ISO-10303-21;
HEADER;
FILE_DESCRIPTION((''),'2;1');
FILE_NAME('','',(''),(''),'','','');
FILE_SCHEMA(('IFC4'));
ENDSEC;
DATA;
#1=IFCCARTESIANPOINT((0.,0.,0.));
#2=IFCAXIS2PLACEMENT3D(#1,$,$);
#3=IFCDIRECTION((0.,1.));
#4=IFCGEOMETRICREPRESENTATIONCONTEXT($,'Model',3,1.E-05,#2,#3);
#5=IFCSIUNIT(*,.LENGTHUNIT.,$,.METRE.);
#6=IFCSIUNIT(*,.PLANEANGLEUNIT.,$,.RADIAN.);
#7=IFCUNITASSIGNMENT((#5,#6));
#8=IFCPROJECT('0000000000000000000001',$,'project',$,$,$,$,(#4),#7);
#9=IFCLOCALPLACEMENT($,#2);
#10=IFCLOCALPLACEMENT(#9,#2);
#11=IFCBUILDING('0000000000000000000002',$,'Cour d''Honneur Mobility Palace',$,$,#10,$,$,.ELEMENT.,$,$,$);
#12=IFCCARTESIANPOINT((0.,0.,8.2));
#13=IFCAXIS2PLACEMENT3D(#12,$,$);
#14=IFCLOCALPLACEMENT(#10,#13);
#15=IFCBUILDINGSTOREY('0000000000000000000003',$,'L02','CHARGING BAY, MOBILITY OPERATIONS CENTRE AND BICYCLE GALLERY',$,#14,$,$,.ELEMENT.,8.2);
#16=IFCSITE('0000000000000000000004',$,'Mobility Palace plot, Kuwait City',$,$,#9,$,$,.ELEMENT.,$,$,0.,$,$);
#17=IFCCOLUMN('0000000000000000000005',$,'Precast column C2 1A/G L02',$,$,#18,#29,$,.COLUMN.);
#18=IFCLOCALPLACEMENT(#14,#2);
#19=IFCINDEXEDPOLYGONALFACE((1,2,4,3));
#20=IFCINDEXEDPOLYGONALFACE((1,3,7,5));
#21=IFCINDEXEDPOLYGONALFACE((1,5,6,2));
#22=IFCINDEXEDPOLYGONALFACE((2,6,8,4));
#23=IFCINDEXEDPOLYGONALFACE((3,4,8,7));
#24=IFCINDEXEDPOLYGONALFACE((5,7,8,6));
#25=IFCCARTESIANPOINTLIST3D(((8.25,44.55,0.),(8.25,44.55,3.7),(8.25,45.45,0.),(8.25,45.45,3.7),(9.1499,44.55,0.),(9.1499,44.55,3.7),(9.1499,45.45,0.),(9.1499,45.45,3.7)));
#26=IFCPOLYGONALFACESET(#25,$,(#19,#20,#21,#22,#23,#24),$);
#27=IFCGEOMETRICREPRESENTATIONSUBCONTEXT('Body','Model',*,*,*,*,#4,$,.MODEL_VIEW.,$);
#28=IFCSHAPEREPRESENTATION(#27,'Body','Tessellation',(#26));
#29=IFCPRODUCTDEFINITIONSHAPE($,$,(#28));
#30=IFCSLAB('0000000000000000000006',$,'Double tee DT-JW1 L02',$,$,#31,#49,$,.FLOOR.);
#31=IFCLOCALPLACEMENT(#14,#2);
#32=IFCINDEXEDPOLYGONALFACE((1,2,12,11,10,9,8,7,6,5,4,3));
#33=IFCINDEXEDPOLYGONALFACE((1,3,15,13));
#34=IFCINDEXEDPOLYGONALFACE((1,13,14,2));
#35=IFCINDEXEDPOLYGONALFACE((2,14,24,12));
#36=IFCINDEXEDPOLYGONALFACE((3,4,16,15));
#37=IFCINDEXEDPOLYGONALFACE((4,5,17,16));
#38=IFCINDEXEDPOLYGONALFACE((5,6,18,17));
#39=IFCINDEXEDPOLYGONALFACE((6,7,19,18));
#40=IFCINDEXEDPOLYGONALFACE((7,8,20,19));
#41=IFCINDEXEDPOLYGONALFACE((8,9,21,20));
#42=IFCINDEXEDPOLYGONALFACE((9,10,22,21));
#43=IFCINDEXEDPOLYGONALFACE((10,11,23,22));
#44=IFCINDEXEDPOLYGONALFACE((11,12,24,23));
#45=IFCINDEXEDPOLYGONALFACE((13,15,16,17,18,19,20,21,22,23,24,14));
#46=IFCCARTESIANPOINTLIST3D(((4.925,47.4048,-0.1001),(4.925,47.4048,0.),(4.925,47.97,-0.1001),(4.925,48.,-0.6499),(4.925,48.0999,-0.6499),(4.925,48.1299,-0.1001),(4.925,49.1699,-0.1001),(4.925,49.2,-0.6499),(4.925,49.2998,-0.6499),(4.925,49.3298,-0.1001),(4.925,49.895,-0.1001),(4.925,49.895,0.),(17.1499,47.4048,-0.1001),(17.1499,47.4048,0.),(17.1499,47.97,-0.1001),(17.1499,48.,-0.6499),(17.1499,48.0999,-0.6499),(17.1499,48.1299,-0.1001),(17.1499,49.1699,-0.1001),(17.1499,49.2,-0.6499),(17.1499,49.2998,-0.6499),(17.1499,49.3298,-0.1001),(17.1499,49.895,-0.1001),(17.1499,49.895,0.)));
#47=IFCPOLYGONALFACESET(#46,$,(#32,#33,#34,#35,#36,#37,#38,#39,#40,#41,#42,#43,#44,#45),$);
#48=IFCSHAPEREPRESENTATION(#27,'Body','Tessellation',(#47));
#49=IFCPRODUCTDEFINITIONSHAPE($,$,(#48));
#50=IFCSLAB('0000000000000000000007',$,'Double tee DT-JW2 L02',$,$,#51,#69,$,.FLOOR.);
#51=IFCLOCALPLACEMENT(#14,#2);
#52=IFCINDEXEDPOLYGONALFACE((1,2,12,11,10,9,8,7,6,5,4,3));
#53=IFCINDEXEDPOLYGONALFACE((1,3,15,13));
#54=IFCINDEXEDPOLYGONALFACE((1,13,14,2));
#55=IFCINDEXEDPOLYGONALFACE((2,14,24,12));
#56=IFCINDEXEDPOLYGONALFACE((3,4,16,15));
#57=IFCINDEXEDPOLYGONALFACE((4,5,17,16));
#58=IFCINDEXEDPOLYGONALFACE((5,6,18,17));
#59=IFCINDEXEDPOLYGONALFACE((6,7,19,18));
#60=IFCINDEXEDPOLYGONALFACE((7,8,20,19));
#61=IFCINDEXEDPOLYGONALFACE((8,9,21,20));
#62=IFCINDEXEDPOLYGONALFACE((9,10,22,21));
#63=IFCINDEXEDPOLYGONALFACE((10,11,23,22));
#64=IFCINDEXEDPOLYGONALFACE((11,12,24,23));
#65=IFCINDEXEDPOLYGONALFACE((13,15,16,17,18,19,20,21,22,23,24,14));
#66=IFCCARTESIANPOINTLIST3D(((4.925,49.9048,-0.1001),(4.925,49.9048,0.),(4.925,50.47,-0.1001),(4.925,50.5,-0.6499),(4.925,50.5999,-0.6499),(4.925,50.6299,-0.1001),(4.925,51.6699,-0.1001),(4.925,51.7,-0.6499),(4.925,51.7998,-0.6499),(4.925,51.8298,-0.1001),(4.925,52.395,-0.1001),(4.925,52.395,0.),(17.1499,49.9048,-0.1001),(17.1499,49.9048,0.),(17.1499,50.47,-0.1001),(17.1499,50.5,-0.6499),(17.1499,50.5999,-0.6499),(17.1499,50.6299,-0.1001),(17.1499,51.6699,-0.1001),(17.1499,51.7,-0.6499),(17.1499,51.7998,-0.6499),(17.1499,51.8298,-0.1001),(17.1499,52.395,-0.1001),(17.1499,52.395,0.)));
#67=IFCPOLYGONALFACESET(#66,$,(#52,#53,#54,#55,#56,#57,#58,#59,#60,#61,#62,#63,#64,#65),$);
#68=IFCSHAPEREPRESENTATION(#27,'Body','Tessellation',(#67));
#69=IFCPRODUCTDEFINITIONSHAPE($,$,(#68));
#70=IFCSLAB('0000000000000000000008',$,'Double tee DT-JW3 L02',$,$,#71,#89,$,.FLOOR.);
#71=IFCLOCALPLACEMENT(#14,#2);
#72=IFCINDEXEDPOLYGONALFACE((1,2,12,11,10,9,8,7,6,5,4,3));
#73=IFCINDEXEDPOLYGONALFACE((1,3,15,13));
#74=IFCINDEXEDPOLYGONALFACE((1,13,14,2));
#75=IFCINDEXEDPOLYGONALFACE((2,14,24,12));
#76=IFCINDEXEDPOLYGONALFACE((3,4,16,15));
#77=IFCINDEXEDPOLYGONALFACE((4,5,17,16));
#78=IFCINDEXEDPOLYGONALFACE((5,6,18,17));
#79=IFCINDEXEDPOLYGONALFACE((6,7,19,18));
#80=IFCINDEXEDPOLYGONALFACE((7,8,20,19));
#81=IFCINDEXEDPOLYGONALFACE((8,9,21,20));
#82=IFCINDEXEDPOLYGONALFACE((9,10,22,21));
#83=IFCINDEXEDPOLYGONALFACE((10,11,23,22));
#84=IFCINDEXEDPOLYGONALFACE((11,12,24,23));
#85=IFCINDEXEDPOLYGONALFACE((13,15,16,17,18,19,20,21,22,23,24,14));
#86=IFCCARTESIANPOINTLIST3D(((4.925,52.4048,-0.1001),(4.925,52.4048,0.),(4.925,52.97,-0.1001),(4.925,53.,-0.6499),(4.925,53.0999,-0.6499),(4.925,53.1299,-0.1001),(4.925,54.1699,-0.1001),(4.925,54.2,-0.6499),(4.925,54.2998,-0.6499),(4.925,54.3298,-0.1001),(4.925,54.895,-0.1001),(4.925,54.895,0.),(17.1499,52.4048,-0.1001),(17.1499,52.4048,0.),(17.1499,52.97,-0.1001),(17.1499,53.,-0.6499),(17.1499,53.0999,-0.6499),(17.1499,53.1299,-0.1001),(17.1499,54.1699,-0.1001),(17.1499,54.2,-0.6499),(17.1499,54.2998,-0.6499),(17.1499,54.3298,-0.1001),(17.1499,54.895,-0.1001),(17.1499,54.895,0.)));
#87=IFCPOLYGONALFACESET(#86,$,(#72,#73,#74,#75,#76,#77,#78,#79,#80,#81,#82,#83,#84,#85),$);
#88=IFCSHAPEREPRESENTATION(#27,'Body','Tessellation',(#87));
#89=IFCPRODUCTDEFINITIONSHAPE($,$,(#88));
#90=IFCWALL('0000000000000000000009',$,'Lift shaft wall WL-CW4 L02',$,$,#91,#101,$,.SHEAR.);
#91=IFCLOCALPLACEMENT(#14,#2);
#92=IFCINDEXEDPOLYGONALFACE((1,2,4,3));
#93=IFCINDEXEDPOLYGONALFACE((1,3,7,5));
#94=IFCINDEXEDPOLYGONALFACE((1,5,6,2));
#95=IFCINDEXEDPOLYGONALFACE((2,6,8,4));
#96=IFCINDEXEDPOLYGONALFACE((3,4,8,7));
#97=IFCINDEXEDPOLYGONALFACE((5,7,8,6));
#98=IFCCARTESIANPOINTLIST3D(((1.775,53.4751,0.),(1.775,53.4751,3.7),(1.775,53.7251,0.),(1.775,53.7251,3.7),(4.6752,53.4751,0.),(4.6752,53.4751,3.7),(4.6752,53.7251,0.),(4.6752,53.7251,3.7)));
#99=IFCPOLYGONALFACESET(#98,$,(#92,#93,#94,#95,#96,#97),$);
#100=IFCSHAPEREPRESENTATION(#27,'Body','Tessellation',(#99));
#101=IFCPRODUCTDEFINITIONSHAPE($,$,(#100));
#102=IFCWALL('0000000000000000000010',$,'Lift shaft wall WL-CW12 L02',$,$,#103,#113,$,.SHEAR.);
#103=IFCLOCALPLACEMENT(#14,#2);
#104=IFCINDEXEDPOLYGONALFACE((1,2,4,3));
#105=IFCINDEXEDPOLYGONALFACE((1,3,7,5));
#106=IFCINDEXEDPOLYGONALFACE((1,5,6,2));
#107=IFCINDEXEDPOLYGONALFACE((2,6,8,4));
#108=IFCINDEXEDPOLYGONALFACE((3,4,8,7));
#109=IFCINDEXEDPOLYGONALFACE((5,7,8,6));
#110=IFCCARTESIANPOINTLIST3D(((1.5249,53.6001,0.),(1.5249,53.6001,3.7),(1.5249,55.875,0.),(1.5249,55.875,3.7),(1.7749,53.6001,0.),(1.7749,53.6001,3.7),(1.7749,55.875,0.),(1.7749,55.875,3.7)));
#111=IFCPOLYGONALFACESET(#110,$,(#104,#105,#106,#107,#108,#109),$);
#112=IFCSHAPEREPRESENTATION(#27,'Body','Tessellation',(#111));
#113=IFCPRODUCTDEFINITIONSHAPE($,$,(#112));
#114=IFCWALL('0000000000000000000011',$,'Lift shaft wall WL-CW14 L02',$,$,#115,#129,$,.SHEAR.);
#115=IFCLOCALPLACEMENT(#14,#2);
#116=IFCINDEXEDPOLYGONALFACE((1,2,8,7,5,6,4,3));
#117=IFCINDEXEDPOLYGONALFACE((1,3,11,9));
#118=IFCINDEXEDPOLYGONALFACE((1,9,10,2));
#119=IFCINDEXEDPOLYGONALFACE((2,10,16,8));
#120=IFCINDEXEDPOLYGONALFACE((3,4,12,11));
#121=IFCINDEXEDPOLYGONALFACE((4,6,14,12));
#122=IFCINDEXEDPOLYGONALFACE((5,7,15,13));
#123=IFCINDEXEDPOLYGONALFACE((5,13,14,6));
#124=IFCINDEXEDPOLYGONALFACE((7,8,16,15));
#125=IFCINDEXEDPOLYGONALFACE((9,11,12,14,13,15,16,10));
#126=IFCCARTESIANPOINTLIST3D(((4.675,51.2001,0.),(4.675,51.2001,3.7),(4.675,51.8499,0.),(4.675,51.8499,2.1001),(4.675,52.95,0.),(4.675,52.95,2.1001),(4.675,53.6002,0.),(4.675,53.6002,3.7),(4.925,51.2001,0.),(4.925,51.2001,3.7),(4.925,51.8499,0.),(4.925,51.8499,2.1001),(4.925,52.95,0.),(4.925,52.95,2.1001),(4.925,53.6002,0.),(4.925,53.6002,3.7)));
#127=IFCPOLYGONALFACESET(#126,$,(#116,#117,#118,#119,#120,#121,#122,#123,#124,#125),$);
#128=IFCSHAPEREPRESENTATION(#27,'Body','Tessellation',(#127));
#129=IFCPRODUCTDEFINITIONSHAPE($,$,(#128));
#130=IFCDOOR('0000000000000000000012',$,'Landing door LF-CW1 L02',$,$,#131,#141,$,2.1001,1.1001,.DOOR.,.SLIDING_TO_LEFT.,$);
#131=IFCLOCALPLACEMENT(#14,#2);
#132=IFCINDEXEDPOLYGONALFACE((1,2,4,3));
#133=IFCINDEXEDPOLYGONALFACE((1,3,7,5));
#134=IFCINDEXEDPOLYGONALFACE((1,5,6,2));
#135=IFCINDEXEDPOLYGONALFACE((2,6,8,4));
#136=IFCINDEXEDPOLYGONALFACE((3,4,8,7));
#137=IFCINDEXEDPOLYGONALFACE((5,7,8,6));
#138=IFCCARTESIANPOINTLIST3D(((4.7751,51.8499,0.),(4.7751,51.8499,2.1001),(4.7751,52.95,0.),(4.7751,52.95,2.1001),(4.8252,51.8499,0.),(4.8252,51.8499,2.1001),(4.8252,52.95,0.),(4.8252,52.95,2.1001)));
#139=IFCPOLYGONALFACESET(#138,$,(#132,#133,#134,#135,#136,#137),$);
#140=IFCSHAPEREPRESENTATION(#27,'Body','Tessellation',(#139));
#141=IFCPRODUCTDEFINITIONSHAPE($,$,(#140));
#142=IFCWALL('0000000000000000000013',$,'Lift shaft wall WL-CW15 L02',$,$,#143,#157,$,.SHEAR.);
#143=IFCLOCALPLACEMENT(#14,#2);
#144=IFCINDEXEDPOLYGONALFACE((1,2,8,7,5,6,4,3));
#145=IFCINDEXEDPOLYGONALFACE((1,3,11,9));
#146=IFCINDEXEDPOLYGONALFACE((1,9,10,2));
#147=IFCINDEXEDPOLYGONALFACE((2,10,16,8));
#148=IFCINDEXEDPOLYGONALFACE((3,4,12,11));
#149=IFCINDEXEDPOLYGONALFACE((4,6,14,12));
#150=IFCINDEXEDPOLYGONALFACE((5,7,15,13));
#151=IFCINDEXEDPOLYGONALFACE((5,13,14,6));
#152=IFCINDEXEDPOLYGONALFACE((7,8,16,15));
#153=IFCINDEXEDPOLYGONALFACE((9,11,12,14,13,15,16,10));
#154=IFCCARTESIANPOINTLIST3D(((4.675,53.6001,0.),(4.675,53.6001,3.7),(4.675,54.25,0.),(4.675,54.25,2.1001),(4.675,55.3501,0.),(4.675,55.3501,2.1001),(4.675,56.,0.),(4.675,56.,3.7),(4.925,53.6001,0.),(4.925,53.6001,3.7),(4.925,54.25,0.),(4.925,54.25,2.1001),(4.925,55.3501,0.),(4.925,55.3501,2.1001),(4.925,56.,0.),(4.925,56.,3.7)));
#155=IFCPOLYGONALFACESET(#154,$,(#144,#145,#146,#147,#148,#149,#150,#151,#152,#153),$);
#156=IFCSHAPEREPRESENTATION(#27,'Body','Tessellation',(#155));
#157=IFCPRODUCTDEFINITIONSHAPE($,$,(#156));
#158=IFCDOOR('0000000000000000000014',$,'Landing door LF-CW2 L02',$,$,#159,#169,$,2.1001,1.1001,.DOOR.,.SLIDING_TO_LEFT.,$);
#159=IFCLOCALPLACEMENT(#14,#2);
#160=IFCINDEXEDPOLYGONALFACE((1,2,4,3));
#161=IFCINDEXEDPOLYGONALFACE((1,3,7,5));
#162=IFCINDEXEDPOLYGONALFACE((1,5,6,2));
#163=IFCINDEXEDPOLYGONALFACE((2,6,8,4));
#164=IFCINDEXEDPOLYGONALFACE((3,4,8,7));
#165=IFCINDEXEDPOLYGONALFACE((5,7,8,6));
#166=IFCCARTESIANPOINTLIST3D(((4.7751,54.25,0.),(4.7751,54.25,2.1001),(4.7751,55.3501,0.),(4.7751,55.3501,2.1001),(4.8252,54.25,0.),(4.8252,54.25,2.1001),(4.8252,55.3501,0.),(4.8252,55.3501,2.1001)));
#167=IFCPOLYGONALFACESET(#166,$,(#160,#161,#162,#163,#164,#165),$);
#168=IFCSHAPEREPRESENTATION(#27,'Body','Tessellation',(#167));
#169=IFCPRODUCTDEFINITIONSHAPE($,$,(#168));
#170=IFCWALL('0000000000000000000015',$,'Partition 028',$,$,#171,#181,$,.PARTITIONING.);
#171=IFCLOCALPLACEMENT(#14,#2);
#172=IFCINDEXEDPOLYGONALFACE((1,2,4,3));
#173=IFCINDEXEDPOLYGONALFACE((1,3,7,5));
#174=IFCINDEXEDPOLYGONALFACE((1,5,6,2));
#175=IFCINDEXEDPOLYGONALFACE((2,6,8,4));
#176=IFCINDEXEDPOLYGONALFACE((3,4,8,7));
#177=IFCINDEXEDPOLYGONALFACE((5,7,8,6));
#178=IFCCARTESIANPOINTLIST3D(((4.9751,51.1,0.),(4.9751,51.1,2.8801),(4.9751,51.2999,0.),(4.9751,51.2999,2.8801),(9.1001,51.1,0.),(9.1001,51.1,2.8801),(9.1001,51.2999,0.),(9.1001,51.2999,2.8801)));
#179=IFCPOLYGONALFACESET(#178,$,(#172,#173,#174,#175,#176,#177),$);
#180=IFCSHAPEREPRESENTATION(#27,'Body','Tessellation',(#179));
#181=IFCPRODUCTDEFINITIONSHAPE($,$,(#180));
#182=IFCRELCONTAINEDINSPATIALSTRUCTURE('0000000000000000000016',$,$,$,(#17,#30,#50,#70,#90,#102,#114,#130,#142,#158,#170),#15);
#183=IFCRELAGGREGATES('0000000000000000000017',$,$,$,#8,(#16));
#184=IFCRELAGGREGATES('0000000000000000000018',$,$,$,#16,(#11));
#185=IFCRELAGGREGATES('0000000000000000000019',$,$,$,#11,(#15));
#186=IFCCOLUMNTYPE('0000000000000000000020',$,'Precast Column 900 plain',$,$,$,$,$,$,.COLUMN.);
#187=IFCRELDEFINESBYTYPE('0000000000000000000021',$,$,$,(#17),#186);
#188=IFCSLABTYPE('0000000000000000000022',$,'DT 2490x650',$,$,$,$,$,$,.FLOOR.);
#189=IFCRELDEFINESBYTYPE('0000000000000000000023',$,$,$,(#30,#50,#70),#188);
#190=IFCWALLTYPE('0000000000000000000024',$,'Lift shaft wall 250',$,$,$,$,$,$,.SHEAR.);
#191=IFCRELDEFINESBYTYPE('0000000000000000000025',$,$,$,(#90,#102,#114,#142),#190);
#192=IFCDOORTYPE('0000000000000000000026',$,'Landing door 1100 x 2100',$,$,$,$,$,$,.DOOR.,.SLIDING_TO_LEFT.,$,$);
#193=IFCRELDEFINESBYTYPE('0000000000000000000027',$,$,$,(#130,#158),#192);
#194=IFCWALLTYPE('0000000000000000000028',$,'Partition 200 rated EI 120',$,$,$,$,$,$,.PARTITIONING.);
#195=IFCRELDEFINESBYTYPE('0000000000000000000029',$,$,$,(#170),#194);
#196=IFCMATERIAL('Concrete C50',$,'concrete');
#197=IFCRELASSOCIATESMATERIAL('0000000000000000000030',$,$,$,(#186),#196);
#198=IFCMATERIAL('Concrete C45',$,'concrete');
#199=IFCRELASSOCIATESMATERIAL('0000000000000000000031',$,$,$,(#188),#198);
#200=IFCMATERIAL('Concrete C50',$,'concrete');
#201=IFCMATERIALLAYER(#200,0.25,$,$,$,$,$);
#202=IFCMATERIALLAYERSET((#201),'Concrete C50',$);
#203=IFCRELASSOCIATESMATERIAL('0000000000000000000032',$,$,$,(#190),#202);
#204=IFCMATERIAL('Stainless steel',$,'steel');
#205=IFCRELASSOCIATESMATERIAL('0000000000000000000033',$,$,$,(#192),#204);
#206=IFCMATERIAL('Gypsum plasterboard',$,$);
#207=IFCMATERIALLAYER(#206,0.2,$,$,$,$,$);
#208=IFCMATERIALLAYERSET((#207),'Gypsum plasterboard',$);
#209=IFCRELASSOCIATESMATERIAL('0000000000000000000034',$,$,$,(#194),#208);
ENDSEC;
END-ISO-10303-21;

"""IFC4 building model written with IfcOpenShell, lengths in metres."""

from ifc_helpers import new_model, si_unit, direction, frame, frame_2d, origin, place, context, subcontext, project, spatial, polyline, rectangle, outline, extrude, material, layer, layer_set, material_profile, profile_set, type_object, element, fill, save


model = new_model("IFC4")

# Units and contexts
model_context = context("Model", 3, precision=1e-05, world=origin(), true_north=direction((0.0, 1.0)))
body_context = subcontext(model_context, "Body", "Model", "MODEL_VIEW")
ifc_project = project(units=[si_unit("LENGTHUNIT", "METRE"), si_unit("PLANEANGLEUNIT", "RADIAN")], contexts=[model_context])

# Site, building, storey
site_placement = place(None, origin())
site = spatial("IfcSite", under=ifc_project, at=site_placement, Name="Mobility Palace plot, Kuwait City", CompositionType="ELEMENT", RefElevation=0.0)
building_placement = place(site_placement, origin())
building = spatial("IfcBuilding", under=site, at=building_placement, Name="Cour d'Honneur Mobility Palace", CompositionType="ELEMENT")
storey_placement = place(building_placement, frame((0.0, 0.0, 8.2)))
storey = spatial("IfcBuildingStorey", under=building, at=storey_placement, Name="L02", Description="CHARGING BAY, MOBILITY OPERATIONS CENTRE AND BICYCLE GALLERY", CompositionType="ELEMENT", Elevation=8.2)

# Column
ifc_material_1 = material(Name="Concrete C50", Category="concrete")
ifc_material_profile_1 = material_profile(ifc_material_1, outline(polyline([(-0.45, -0.45), (0.45, -0.45), (0.45, 0.45), (-0.45, 0.45), (-0.45, -0.45)])), Name="PC C900 plain")
ifc_profile_set_1 = profile_set([ifc_material_profile_1], Name="Concrete C50")
column_type = type_object("IfcColumnType", Name="Precast Column 900 plain", PredefinedType="COLUMN", material=ifc_profile_set_1)
column_placement = place(storey_placement, frame((8.7, 45.0, 0.0), z_axis=(0.0, 0.0, 1.0), x_axis=(1.0, 0.0, 0.0)))
element("IfcColumn", 1, at=column_placement, inside=storey, type_object=column_type, Name="Precast column C2 1A/G L02", PredefinedType="COLUMN", context=body_context, shape_type="SweptSolid", body=[
    extrude(outline(polyline([(-0.45, -0.45), (0.45, -0.45), (0.45, 0.45), (-0.45, 0.45), (-0.45, -0.45)])), origin(), (0.0, 0.0, 1.0), 3.7),
])

# Slabs
ifc_material_2 = material(Name="Concrete C45", Category="concrete")
ifc_material_profile_2 = material_profile(ifc_material_2, outline(polyline([(-1.2451, 0.0), (1.2451, 0.0), (1.2451, -0.1001), (0.6799, -0.1001), (0.6499, -0.6499), (0.55, -0.6499), (0.52, -0.1001), (-0.52, -0.1001), (-0.55, -0.6499), (-0.6499, -0.6499), (-0.6799, -0.1001), (-1.2451, -0.1001), (-1.2451, 0.0)])), Name="DT 2490x650")
ifc_profile_set_2 = profile_set([ifc_material_profile_2], Name="Concrete C45")
slab_type = type_object("IfcSlabType", Name="DT 2490x650", PredefinedType="FLOOR", material=ifc_profile_set_2)
for number, where, z_axis, x_axis, name in (
    (2, (4.925, 48.6499, 0.0), (1.0, 0.0, 0.0), (0.0, 1.0, 0.0), "Double tee DT-JW1 L02"),
    (3, (4.925, 51.1499, 0.0), (1.0, 0.0, 0.0), (0.0, 1.0, 0.0), "Double tee DT-JW2 L02"),
    (4, (4.925, 53.6499, 0.0), (1.0, 0.0, 0.0), (0.0, 1.0, 0.0), "Double tee DT-JW3 L02"),
):
    element("IfcSlab", number, at=place(storey_placement, frame(where, z_axis=z_axis, x_axis=x_axis)), inside=storey, type_object=slab_type, Name=name, PredefinedType="FLOOR", context=body_context, shape_type="SweptSolid", body=[
        extrude(outline(polyline([(-1.2451, 0.0), (1.2451, 0.0), (1.2451, -0.1001), (0.6799, -0.1001), (0.6499, -0.6499), (0.55, -0.6499), (0.52, -0.1001), (-0.52, -0.1001), (-0.55, -0.6499), (-0.6499, -0.6499), (-0.6799, -0.1001), (-1.2451, -0.1001), (-1.2451, 0.0)])), origin(), (0.0, 0.0, 1.0), 12.2249),
    ])

# Walls
ifc_material_3 = material(Name="Concrete C50", Category="concrete")
ifc_layer_1 = layer(ifc_material_3, 0.25)
ifc_layer_set_1 = layer_set([ifc_layer_1], Name="Concrete C50")
wall_type_1 = type_object("IfcWallType", Name="Lift shaft wall 250", PredefinedType="SHEAR", material=ifc_layer_set_1)
wall_1_placement = place(storey_placement, frame((1.7749, 53.6001, 0.0), z_axis=(0.0, 0.0, 1.0), x_axis=(1.0, 0.0, 0.0)))
element("IfcWall", 5, at=wall_1_placement, inside=storey, type_object=wall_type_1, Name="Lift shaft wall WL-CW4 L02", PredefinedType="SHEAR", context=body_context, shape_type="SweptSolid", body=[
    extrude(rectangle(XDim=2.9001, YDim=0.25, at=frame_2d((1.4502, 0.0))), origin(), (0.0, 0.0, 1.0), 3.7),
])
wall_2_placement = place(storey_placement, frame((1.6499, 53.6001, 0.0), z_axis=(0.0, 0.0, 1.0), x_axis=(0.0, 1.0, 0.0)))
element("IfcWall", 6, at=wall_2_placement, inside=storey, type_object=wall_type_1, Name="Lift shaft wall WL-CW12 L02", PredefinedType="SHEAR", context=body_context, shape_type="SweptSolid", body=[
    extrude(rectangle(XDim=2.2749, YDim=0.25, at=frame_2d((1.1375, 0.0))), origin(), (0.0, 0.0, 1.0), 3.7),
])

# Walls, openings, doors
wall_3_placement = place(storey_placement, frame((4.8, 51.2, 0.0), z_axis=(0.0, 0.0, 1.0), x_axis=(0.0, 1.0, 0.0)))
wall_3 = element("IfcWall", 7, at=wall_3_placement, inside=storey, type_object=wall_type_1, Name="Lift shaft wall WL-CW14 L02", PredefinedType="SHEAR", context=body_context, shape_type="SweptSolid", body=[
    extrude(rectangle(XDim=2.4001, YDim=0.25, at=frame_2d((1.2002, 0.0))), origin(), (0.0, 0.0, 1.0), 3.7),
])
opening_1_placement = place(wall_3_placement, frame((0.6499, 0.0, 0.0)))
opening_1 = element("IfcOpeningElement", 8, at=opening_1_placement, cuts=wall_3, PredefinedType="OPENING", context=body_context, shape_type="SweptSolid", body=[
    extrude(rectangle(XDim=1.1001, YDim=2.1001, at=frame_2d((0.55, 1.05))), frame((0.0, 0.135, 0.0), z_axis=(0.0, -1.0, 0.0), x_axis=(1.0, 0.0, 0.0)), (0.0, 0.0, 1.0), 0.27),
])
ifc_material_4 = material(Name="Stainless steel", Category="steel")
door_type_1 = type_object("IfcDoorType", Name="Landing door 1100 x 2100", OperationType="SLIDING_TO_LEFT", PredefinedType="DOOR", material=ifc_material_4)
door_1_placement = place(opening_1_placement, origin())
door_1 = element("IfcDoor", 9, at=door_1_placement, inside=storey, type_object=door_type_1, Name="Landing door LF-CW1 L02", OperationType="SLIDING_TO_LEFT", OverallHeight=2.1001, OverallWidth=1.1001, PredefinedType="DOOR", context=body_context, shape_type="SweptSolid", body=[
    extrude(rectangle(XDim=1.1001, YDim=2.1001, at=frame_2d((0.55, 1.05))), frame((0.0, 0.0249, 0.0), z_axis=(0.0, -1.0, 0.0), x_axis=(1.0, 0.0, 0.0)), (0.0, 0.0, 1.0), 0.05),
])
fill(opening_1, door_1)
wall_4_placement = place(storey_placement, frame((4.8, 53.6001, 0.0), z_axis=(0.0, 0.0, 1.0), x_axis=(0.0, 1.0, 0.0)))
wall_4 = element("IfcWall", 10, at=wall_4_placement, inside=storey, type_object=wall_type_1, Name="Lift shaft wall WL-CW15 L02", PredefinedType="SHEAR", context=body_context, shape_type="SweptSolid", body=[
    extrude(rectangle(XDim=2.3999, YDim=0.25, at=frame_2d((1.2, 0.0))), origin(), (0.0, 0.0, 1.0), 3.7),
])
opening_2_placement = place(wall_4_placement, frame((0.6499, 0.0, 0.0)))
opening_2 = element("IfcOpeningElement", 11, at=opening_2_placement, cuts=wall_4, PredefinedType="OPENING", context=body_context, shape_type="SweptSolid", body=[
    extrude(rectangle(XDim=1.1001, YDim=2.1001, at=frame_2d((0.55, 1.05))), frame((0.0, 0.135, 0.0), z_axis=(0.0, -1.0, 0.0), x_axis=(1.0, 0.0, 0.0)), (0.0, 0.0, 1.0), 0.27),
])
door_2_placement = place(opening_2_placement, origin())
door_2 = element("IfcDoor", 12, at=door_2_placement, inside=storey, type_object=door_type_1, Name="Landing door LF-CW2 L02", OperationType="SLIDING_TO_LEFT", OverallHeight=2.1001, OverallWidth=1.1001, PredefinedType="DOOR", context=body_context, shape_type="SweptSolid", body=[
    extrude(rectangle(XDim=1.1001, YDim=2.1001, at=frame_2d((0.55, 1.05))), frame((0.0, 0.0249, 0.0), z_axis=(0.0, -1.0, 0.0), x_axis=(1.0, 0.0, 0.0)), (0.0, 0.0, 1.0), 0.05),
])
fill(opening_2, door_2)

# Wall
ifc_material_5 = material(Name="Gypsum plasterboard")
ifc_layer_2 = layer(ifc_material_5, 0.2)
ifc_layer_set_2 = layer_set([ifc_layer_2], Name="Gypsum plasterboard")
wall_type_2 = type_object("IfcWallType", Name="Partition 200 rated EI 120", PredefinedType="PARTITIONING", material=ifc_layer_set_2)
wall_5_placement = place(storey_placement, frame((4.9751, 51.2, 0.0), z_axis=(0.0, 0.0, 1.0), x_axis=(1.0, 0.0, 0.0)))
element("IfcWall", 13, at=wall_5_placement, inside=storey, type_object=wall_type_2, Name="Partition 028", PredefinedType="PARTITIONING", context=body_context, shape_type="SweptSolid", body=[
    extrude(rectangle(XDim=4.125, YDim=0.2, at=frame_2d((2.0625, 0.0))), origin(), (0.0, 0.0, 1.0), 2.8801),
])

save(model, "model.ifc")
